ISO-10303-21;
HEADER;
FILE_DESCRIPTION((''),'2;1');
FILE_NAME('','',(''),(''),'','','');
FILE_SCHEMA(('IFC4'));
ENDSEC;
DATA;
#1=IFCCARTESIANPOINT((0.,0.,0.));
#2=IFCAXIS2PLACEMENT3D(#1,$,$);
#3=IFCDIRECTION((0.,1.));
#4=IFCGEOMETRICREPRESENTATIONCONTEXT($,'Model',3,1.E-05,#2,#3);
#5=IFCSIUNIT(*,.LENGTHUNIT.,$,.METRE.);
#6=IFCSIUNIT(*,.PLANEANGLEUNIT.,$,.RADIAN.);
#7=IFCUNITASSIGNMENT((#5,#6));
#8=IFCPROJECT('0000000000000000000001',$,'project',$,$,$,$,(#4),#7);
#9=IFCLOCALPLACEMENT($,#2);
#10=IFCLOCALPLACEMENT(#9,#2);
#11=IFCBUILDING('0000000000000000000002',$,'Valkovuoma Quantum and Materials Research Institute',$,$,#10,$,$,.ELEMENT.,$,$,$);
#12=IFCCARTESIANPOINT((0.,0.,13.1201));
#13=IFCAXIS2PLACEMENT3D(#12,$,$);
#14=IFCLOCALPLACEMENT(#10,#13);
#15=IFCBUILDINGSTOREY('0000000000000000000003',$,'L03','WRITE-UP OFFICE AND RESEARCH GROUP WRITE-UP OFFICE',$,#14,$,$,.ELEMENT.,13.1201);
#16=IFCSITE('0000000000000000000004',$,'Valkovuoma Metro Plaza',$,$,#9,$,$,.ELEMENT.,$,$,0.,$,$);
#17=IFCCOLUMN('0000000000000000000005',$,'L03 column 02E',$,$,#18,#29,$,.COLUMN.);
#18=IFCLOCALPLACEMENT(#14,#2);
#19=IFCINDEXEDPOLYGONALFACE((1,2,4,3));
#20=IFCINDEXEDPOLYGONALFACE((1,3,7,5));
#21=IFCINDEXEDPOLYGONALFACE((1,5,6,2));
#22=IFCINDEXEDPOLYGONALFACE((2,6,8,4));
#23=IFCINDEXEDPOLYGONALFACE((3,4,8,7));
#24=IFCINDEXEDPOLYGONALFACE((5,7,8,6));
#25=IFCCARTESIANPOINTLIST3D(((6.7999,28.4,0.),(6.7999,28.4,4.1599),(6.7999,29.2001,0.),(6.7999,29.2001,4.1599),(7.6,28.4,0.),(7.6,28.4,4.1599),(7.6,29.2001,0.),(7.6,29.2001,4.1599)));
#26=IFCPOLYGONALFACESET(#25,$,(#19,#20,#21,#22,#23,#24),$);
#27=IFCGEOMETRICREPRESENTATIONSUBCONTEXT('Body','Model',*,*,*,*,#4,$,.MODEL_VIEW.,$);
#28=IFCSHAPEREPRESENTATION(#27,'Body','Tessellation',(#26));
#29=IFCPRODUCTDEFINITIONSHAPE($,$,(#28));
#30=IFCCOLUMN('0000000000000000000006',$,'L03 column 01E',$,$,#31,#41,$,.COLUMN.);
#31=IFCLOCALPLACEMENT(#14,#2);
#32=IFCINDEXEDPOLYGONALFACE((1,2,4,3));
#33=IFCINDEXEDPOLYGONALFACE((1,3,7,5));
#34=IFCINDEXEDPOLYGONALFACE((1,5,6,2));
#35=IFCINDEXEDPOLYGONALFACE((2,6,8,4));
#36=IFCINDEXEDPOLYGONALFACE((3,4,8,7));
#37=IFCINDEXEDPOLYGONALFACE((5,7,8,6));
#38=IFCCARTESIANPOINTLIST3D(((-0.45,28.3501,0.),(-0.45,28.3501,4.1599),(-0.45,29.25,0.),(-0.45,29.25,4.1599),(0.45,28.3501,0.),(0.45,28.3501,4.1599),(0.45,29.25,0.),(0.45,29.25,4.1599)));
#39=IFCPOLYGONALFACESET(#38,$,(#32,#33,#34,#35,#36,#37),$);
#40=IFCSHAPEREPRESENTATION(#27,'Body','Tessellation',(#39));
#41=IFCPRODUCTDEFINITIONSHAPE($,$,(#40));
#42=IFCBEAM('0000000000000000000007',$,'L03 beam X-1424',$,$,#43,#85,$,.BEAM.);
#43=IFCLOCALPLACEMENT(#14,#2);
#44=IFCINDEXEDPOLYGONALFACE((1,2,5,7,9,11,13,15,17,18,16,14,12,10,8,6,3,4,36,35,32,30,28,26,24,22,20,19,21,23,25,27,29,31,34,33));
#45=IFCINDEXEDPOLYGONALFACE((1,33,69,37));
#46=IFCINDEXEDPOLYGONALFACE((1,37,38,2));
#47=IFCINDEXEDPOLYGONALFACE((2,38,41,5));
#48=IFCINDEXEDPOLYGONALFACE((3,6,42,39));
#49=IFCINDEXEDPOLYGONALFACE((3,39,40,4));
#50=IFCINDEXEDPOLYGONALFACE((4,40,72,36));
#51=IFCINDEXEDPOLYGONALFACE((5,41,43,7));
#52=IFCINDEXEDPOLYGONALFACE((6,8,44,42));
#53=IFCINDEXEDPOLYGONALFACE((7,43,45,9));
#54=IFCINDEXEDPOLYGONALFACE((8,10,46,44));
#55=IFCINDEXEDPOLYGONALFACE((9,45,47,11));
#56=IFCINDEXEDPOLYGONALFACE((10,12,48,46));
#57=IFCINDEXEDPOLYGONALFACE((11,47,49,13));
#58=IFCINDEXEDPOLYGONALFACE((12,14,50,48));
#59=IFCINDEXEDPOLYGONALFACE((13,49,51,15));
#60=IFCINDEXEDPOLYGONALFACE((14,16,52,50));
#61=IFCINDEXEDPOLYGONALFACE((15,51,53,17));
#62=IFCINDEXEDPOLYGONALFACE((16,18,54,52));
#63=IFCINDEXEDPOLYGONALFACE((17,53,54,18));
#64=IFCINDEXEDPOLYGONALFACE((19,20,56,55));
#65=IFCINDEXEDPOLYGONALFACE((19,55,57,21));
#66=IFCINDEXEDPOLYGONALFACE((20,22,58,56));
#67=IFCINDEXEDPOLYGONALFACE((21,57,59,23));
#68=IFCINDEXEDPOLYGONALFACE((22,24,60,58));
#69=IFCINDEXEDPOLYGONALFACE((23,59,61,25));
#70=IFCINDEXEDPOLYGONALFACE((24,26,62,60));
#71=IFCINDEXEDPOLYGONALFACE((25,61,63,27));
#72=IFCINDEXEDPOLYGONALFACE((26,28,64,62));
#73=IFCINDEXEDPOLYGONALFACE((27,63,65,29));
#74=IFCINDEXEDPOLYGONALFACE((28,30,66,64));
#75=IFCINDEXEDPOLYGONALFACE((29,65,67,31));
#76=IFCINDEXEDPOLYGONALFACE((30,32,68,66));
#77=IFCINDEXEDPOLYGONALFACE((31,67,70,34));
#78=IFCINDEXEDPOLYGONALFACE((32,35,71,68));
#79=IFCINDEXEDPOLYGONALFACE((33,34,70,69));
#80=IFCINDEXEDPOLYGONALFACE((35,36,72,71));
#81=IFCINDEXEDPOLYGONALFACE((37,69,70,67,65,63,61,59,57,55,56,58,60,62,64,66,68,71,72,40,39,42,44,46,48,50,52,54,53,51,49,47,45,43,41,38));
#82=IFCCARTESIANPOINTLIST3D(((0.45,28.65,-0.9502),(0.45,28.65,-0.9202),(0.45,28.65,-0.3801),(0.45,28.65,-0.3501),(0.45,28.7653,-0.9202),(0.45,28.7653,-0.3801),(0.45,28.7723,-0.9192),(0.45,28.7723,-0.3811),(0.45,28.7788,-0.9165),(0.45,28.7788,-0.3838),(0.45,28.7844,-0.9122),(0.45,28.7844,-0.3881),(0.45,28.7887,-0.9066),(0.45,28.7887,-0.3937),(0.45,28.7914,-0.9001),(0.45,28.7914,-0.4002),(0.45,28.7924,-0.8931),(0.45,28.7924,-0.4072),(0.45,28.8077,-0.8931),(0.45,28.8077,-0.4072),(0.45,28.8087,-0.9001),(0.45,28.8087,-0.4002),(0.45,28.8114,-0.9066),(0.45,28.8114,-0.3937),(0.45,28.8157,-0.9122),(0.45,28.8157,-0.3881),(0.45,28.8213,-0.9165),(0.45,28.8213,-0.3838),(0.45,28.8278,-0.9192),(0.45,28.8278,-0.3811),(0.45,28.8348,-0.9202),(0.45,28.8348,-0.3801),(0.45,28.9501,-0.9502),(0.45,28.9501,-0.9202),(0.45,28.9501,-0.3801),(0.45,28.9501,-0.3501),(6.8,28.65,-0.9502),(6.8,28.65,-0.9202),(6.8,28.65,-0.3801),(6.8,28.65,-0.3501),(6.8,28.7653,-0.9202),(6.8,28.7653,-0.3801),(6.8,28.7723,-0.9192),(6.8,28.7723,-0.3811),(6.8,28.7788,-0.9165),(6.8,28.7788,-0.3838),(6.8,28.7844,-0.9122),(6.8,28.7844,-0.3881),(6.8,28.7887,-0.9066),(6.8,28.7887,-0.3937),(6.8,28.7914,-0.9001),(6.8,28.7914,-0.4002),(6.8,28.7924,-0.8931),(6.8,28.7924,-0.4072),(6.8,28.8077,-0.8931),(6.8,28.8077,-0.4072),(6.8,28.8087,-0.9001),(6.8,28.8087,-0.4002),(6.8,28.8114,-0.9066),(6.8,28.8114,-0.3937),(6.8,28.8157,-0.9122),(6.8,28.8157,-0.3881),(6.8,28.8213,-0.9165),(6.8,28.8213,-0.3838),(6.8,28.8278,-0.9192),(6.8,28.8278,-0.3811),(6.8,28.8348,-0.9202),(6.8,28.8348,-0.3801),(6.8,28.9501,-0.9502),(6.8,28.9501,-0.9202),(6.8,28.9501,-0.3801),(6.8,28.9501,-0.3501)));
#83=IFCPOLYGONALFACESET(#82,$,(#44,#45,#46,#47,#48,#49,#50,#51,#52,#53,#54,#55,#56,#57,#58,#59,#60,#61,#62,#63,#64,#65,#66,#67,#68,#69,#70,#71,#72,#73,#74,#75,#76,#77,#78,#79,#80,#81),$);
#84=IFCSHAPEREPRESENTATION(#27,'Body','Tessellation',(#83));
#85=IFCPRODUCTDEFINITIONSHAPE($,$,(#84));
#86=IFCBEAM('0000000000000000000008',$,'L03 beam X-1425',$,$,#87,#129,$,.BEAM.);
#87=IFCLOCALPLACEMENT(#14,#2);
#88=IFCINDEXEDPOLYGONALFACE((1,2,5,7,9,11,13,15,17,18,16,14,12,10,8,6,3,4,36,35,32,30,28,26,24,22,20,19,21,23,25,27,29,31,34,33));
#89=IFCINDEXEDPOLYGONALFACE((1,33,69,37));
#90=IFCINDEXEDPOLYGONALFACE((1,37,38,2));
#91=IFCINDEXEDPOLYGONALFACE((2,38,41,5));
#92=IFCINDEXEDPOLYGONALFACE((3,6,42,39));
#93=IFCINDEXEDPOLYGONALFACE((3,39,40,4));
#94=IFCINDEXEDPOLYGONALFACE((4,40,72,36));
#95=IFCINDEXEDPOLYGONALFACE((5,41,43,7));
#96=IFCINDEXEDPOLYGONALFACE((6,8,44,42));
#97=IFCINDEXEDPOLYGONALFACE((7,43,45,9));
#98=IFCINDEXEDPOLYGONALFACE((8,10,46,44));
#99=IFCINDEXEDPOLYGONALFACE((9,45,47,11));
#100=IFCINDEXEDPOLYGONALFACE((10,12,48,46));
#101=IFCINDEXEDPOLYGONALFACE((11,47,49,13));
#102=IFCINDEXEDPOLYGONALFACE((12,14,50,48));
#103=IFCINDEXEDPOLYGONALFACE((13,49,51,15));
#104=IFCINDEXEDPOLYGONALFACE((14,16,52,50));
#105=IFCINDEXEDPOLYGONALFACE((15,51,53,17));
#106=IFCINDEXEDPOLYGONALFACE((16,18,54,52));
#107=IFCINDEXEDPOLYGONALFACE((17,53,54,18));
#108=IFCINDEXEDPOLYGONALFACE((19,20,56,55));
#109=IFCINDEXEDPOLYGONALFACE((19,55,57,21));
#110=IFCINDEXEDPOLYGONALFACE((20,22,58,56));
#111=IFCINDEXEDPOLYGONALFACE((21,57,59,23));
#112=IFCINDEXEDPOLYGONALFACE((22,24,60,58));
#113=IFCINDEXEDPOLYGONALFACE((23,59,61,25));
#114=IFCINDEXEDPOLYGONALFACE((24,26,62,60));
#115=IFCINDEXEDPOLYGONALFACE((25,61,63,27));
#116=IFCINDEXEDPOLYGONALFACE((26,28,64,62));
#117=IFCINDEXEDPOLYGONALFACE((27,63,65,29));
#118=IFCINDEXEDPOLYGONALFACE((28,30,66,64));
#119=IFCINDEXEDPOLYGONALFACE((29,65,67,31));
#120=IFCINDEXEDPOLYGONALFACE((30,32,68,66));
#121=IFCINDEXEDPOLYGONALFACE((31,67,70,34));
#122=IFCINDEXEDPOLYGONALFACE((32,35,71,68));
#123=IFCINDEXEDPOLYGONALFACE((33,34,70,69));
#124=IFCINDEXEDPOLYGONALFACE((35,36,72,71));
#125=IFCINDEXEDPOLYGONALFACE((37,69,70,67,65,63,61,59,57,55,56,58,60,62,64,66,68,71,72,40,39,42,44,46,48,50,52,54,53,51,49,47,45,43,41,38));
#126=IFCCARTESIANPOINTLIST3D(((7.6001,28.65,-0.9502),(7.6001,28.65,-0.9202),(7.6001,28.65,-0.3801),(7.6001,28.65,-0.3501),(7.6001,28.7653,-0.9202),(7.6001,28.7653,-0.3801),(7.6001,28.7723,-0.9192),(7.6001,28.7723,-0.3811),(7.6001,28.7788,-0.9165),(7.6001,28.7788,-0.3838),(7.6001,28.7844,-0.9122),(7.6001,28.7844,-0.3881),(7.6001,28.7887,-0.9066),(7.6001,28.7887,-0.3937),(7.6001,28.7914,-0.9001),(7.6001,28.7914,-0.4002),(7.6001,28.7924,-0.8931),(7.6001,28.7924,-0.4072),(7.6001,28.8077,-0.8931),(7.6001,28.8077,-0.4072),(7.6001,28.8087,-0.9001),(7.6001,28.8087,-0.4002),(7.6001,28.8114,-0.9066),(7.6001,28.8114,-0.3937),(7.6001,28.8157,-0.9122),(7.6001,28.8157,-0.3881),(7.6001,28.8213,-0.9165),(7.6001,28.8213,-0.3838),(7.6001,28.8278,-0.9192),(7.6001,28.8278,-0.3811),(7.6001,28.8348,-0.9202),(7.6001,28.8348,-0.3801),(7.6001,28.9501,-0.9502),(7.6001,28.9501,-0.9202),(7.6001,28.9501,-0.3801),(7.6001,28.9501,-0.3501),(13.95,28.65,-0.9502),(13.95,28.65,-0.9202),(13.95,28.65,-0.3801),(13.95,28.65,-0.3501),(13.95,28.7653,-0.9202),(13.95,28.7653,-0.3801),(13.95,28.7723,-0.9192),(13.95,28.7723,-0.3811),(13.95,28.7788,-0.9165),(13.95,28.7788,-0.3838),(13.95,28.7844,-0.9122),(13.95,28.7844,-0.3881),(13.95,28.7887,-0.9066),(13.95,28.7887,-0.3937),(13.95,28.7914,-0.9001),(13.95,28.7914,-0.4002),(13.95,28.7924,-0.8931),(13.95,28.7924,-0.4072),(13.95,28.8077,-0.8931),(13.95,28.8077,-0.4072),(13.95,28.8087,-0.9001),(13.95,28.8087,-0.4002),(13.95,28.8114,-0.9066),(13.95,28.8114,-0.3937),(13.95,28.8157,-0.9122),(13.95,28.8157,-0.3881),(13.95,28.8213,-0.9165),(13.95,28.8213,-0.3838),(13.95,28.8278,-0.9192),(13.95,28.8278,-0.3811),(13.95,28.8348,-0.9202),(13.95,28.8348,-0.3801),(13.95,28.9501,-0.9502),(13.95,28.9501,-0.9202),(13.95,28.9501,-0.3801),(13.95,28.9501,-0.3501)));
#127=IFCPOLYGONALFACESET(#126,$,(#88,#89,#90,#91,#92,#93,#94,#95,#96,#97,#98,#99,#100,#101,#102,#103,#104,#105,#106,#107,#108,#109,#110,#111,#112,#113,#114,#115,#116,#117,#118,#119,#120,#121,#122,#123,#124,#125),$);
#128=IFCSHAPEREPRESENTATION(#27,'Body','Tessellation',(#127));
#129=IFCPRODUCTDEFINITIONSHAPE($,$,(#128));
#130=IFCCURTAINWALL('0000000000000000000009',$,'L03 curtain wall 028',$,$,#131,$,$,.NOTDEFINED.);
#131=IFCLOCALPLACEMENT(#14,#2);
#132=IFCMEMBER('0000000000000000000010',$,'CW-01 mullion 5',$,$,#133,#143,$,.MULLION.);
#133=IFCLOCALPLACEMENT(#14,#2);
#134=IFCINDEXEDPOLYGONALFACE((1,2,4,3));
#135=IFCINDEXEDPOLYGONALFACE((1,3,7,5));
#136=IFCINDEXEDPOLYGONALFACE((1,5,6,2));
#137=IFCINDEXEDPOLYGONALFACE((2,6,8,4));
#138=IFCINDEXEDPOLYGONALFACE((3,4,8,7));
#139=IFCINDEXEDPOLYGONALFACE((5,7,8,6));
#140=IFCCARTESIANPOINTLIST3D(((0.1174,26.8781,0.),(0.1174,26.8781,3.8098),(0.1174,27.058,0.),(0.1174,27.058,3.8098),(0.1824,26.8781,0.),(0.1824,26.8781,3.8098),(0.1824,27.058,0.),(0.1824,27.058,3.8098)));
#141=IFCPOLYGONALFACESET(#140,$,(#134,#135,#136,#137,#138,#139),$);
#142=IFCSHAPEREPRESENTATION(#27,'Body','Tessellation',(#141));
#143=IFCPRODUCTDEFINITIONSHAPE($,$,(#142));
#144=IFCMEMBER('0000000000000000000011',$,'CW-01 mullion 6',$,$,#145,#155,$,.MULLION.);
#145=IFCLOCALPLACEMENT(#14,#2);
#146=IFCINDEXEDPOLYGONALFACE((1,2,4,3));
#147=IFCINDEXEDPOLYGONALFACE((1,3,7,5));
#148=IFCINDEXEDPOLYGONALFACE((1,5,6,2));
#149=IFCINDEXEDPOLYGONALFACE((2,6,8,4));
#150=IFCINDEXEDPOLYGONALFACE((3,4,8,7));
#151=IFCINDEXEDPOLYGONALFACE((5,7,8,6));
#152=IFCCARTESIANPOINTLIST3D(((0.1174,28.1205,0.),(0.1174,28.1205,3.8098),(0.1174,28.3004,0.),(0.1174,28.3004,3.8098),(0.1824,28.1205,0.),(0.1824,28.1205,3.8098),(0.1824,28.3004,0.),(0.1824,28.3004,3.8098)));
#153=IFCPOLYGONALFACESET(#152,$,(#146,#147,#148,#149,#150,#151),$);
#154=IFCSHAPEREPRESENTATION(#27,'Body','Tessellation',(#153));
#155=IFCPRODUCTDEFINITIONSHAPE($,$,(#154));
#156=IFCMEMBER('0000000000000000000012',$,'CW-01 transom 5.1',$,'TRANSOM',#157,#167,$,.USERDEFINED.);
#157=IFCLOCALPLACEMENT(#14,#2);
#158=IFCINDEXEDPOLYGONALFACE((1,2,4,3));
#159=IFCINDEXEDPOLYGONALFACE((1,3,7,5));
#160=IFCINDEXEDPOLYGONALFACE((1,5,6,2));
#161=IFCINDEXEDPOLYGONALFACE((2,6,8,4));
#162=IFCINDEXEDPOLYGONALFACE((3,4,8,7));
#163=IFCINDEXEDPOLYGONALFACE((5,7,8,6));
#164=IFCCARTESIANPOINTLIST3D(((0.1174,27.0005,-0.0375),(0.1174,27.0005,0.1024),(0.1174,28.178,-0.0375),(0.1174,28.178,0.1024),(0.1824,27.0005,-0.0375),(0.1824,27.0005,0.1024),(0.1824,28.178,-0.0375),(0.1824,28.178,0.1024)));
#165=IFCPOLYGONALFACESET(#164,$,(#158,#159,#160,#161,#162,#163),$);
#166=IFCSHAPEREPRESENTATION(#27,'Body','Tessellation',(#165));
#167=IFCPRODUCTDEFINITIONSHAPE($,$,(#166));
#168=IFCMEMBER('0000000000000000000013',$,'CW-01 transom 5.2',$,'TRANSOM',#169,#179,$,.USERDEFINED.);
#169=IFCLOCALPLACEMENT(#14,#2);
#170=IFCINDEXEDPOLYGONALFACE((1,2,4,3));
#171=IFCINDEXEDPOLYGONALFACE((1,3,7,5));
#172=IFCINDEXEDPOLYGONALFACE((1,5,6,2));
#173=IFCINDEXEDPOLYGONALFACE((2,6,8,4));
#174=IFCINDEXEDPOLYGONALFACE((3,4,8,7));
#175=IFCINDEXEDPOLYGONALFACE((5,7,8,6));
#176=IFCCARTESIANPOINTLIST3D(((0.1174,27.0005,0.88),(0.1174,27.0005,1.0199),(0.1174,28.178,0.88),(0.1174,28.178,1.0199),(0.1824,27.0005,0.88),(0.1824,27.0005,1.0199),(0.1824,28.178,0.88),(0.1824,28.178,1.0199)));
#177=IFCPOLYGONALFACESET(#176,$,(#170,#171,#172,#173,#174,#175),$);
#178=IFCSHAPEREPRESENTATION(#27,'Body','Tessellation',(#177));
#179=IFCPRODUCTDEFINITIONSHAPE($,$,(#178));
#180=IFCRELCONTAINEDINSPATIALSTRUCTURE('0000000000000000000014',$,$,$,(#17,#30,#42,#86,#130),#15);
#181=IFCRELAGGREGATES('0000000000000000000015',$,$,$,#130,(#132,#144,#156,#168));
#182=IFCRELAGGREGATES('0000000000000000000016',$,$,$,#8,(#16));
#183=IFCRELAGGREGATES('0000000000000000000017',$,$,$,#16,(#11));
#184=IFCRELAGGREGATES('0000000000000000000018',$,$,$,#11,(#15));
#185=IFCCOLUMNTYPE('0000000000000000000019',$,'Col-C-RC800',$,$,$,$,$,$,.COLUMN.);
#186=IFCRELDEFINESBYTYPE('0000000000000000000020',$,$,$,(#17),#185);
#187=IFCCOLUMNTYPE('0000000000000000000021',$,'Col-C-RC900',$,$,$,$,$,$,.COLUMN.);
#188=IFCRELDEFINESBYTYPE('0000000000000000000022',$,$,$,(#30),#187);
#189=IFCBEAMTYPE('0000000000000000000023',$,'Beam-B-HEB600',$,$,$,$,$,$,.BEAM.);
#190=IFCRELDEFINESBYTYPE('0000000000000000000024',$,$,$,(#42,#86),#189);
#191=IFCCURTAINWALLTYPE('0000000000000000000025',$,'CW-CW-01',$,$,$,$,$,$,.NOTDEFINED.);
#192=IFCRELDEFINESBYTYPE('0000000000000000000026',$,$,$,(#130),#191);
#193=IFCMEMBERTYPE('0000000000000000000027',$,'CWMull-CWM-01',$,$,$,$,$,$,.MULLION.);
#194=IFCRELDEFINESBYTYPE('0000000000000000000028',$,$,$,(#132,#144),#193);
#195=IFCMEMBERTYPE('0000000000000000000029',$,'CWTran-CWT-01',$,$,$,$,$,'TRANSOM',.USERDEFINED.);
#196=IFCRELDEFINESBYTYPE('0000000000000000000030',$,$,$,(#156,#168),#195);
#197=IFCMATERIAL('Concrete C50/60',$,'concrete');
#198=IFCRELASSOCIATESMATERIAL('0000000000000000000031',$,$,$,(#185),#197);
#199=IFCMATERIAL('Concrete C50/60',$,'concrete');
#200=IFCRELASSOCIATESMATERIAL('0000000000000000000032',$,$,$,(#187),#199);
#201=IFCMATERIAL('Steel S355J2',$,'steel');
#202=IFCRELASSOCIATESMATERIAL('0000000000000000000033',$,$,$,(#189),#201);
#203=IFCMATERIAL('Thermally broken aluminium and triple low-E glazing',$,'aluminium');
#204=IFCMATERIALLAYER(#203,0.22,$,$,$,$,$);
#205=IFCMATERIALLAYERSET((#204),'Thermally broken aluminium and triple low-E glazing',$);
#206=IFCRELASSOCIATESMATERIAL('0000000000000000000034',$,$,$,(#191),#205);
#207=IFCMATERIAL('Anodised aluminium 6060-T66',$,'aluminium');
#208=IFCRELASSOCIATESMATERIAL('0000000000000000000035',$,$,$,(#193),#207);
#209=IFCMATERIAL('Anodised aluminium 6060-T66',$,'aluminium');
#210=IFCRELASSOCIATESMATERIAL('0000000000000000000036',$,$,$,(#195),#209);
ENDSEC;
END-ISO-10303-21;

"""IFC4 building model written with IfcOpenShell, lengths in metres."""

from ifc_helpers import new_model, si_unit, direction, frame, origin, origin_2d, place, context, subcontext, project, spatial, rectangle, i_section, extrude, material, layer, layer_set, material_profile, profile_set, type_object, element, aggregate, save


model = new_model("IFC4")

# Units and contexts
model_context = context("Model", 3, precision=1e-05, world=origin(), true_north=direction((0.0, 1.0)))
body_context = subcontext(model_context, "Body", "Model", "MODEL_VIEW")
ifc_project = project(units=[si_unit("LENGTHUNIT", "METRE"), si_unit("PLANEANGLEUNIT", "RADIAN")], contexts=[model_context])

# Site, building, storey
site_placement = place(None, origin())
site = spatial("IfcSite", under=ifc_project, at=site_placement, Name="Valkovuoma Metro Plaza", CompositionType="ELEMENT", RefElevation=0.0)
building_placement = place(site_placement, origin())
building = spatial("IfcBuilding", under=site, at=building_placement, Name="Valkovuoma Quantum and Materials Research Institute", CompositionType="ELEMENT")
storey_placement = place(building_placement, frame((0.0, 0.0, 13.1201)))
storey = spatial("IfcBuildingStorey", under=building, at=storey_placement, Name="L03", Description="WRITE-UP OFFICE AND RESEARCH GROUP WRITE-UP OFFICE", CompositionType="ELEMENT", Elevation=13.1201)

# Columns
ifc_material_1 = material(Name="Concrete C50/60", Category="concrete")
ifc_material_profile_1 = material_profile(ifc_material_1, rectangle(XDim=0.8, YDim=0.8, at=origin_2d()), Name="Concrete C50/60")
ifc_profile_set_1 = profile_set([ifc_material_profile_1], Name="Concrete C50/60")
column_type_1 = type_object("IfcColumnType", Name="Col-C-RC800", PredefinedType="COLUMN", material=ifc_profile_set_1)
column_1_placement = place(storey_placement, frame((7.2, 28.8, 0.0), z_axis=(0.0, 0.0, 1.0), x_axis=(1.0, 0.0, 0.0)))
element("IfcColumn", 1, at=column_1_placement, inside=storey, type_object=column_type_1, Name="L03 column 02E", PredefinedType="COLUMN", context=body_context, shape_type="SweptSolid", body=[
    extrude(rectangle(XDim=0.8, YDim=0.8, at=origin_2d()), origin(), (0.0, 0.0, 1.0), 4.1599),
])
ifc_material_2 = material(Name="Concrete C50/60", Category="concrete")
ifc_material_profile_2 = material_profile(ifc_material_2, rectangle(XDim=0.8999, YDim=0.8999, at=origin_2d()), Name="Concrete C50/60")
ifc_profile_set_2 = profile_set([ifc_material_profile_2], Name="Concrete C50/60")
column_type_2 = type_object("IfcColumnType", Name="Col-C-RC900", PredefinedType="COLUMN", material=ifc_profile_set_2)
column_2_placement = place(storey_placement, frame((0.0, 28.8, 0.0), z_axis=(0.0, 0.0, 1.0), x_axis=(1.0, 0.0, 0.0)))
element("IfcColumn", 2, at=column_2_placement, inside=storey, type_object=column_type_2, Name="L03 column 01E", PredefinedType="COLUMN", context=body_context, shape_type="SweptSolid", body=[
    extrude(rectangle(XDim=0.8999, YDim=0.8999, at=origin_2d()), origin(), (0.0, 0.0, 1.0), 4.1599),
])

# Beams
ifc_material_3 = material(Name="Steel S355J2", Category="steel")
ifc_material_profile_3 = material_profile(ifc_material_3, i_section(OverallWidth=0.3, OverallDepth=0.6001, WebThickness=0.0154, FlangeThickness=0.03, FilletRadius=0.0271, at=origin_2d()), Name="Steel S355J2")
ifc_profile_set_3 = profile_set([ifc_material_profile_3], Name="Steel S355J2")
beam_type = type_object("IfcBeamType", Name="Beam-B-HEB600", PredefinedType="BEAM", material=ifc_profile_set_3)
beam_1_placement = place(storey_placement, frame((0.45, 28.8, -0.6501), z_axis=(1.0, 0.0, 0.0), x_axis=(0.0, 1.0, 0.0)))
element("IfcBeam", 3, at=beam_1_placement, inside=storey, type_object=beam_type, Name="L03 beam X-1424", PredefinedType="BEAM", context=body_context, shape_type="SweptSolid", body=[
    extrude(i_section(OverallWidth=0.3, OverallDepth=0.6001, WebThickness=0.0154, FlangeThickness=0.03, FilletRadius=0.0271, at=origin_2d()), origin(), (0.0, 0.0, 1.0), 6.3501),
])
beam_2_placement = place(storey_placement, frame((7.6001, 28.8, -0.6501), z_axis=(1.0, 0.0, 0.0), x_axis=(0.0, 1.0, 0.0)))
element("IfcBeam", 4, at=beam_2_placement, inside=storey, type_object=beam_type, Name="L03 beam X-1425", PredefinedType="BEAM", context=body_context, shape_type="SweptSolid", body=[
    extrude(i_section(OverallWidth=0.3, OverallDepth=0.6001, WebThickness=0.0154, FlangeThickness=0.03, FilletRadius=0.0271, at=origin_2d()), origin(), (0.0, 0.0, 1.0), 6.3499),
])

# Curtain wall, members
ifc_material_4 = material(Name="Thermally broken aluminium and triple low-E glazing", Category="aluminium")
ifc_layer_1 = layer(ifc_material_4, 0.22)
ifc_layer_set_1 = layer_set([ifc_layer_1], Name="Thermally broken aluminium and triple low-E glazing")
curtain_wall_type = type_object("IfcCurtainWallType", Name="CW-CW-01", PredefinedType="NOTDEFINED", material=ifc_layer_set_1)
curtain_wall_placement = place(storey_placement, origin())
curtain_wall = element("IfcCurtainWall", 5, at=curtain_wall_placement, inside=storey, type_object=curtain_wall_type, Name="L03 curtain wall 028", PredefinedType="NOTDEFINED")
ifc_material_5 = material(Name="Anodised aluminium 6060-T66", Category="aluminium")
ifc_material_profile_4 = material_profile(ifc_material_5, rectangle(XDim=0.0649, YDim=0.1799, at=origin_2d()), Name="Anodised aluminium 6060-T66")
ifc_profile_set_4 = profile_set([ifc_material_profile_4], Name="Anodised aluminium 6060-T66")
member_type_1 = type_object("IfcMemberType", Name="CWMull-CWM-01", PredefinedType="MULLION", material=ifc_profile_set_4)
member_1_placement = place(storey_placement, frame((0.1499, 26.968, 0.0), z_axis=(0.0, 0.0, 1.0), x_axis=(-1.0, 0.0, 0.0)))
member_1 = element("IfcMember", 6, at=member_1_placement, type_object=member_type_1, Name="CW-01 mullion 5", PredefinedType="MULLION", context=body_context, shape_type="SweptSolid", body=[
    extrude(rectangle(XDim=0.0649, YDim=0.1799, at=origin_2d()), origin(), (0.0, 0.0, 1.0), 3.8098),
])
member_2_placement = place(storey_placement, frame((0.1499, 28.2104, 0.0), z_axis=(0.0, 0.0, 1.0), x_axis=(-1.0, 0.0, 0.0)))
member_2 = element("IfcMember", 7, at=member_2_placement, type_object=member_type_1, Name="CW-01 mullion 6", PredefinedType="MULLION", context=body_context, shape_type="SweptSolid", body=[
    extrude(rectangle(XDim=0.0649, YDim=0.1799, at=origin_2d()), origin(), (0.0, 0.0, 1.0), 3.8098),
])
ifc_material_6 = material(Name="Anodised aluminium 6060-T66", Category="aluminium")
ifc_material_profile_5 = material_profile(ifc_material_6, rectangle(XDim=0.0649, YDim=0.1399, at=origin_2d()), Name="Anodised aluminium 6060-T66")
ifc_profile_set_5 = profile_set([ifc_material_profile_5], Name="Anodised aluminium 6060-T66")
member_type_2 = type_object("IfcMemberType", Name="CWTran-CWT-01", ElementType="TRANSOM", PredefinedType="USERDEFINED", material=ifc_profile_set_5)
member_3_placement = place(storey_placement, frame((0.1499, 27.0005, 0.0325), z_axis=(0.0, 1.0, 0.0), x_axis=(-1.0, 0.0, 0.0)))
member_3 = element("IfcMember", 8, at=member_3_placement, type_object=member_type_2, Name="CW-01 transom 5.1", ObjectType="TRANSOM", PredefinedType="USERDEFINED", context=body_context, shape_type="SweptSolid", body=[
    extrude(rectangle(XDim=0.0649, YDim=0.1399, at=origin_2d()), origin(), (0.0, 0.0, 1.0), 1.1775),
])
member_4_placement = place(storey_placement, frame((0.1499, 27.0005, 0.95), z_axis=(0.0, 1.0, 0.0), x_axis=(-1.0, 0.0, 0.0)))
member_4 = element("IfcMember", 9, at=member_4_placement, type_object=member_type_2, Name="CW-01 transom 5.2", ObjectType="TRANSOM", PredefinedType="USERDEFINED", context=body_context, shape_type="SweptSolid", body=[
    extrude(rectangle(XDim=0.0649, YDim=0.1399, at=origin_2d()), origin(), (0.0, 0.0, 1.0), 1.1775),
])

aggregate(curtain_wall, [member_1, member_2, member_3, member_4])

save(model, "model.ifc")
